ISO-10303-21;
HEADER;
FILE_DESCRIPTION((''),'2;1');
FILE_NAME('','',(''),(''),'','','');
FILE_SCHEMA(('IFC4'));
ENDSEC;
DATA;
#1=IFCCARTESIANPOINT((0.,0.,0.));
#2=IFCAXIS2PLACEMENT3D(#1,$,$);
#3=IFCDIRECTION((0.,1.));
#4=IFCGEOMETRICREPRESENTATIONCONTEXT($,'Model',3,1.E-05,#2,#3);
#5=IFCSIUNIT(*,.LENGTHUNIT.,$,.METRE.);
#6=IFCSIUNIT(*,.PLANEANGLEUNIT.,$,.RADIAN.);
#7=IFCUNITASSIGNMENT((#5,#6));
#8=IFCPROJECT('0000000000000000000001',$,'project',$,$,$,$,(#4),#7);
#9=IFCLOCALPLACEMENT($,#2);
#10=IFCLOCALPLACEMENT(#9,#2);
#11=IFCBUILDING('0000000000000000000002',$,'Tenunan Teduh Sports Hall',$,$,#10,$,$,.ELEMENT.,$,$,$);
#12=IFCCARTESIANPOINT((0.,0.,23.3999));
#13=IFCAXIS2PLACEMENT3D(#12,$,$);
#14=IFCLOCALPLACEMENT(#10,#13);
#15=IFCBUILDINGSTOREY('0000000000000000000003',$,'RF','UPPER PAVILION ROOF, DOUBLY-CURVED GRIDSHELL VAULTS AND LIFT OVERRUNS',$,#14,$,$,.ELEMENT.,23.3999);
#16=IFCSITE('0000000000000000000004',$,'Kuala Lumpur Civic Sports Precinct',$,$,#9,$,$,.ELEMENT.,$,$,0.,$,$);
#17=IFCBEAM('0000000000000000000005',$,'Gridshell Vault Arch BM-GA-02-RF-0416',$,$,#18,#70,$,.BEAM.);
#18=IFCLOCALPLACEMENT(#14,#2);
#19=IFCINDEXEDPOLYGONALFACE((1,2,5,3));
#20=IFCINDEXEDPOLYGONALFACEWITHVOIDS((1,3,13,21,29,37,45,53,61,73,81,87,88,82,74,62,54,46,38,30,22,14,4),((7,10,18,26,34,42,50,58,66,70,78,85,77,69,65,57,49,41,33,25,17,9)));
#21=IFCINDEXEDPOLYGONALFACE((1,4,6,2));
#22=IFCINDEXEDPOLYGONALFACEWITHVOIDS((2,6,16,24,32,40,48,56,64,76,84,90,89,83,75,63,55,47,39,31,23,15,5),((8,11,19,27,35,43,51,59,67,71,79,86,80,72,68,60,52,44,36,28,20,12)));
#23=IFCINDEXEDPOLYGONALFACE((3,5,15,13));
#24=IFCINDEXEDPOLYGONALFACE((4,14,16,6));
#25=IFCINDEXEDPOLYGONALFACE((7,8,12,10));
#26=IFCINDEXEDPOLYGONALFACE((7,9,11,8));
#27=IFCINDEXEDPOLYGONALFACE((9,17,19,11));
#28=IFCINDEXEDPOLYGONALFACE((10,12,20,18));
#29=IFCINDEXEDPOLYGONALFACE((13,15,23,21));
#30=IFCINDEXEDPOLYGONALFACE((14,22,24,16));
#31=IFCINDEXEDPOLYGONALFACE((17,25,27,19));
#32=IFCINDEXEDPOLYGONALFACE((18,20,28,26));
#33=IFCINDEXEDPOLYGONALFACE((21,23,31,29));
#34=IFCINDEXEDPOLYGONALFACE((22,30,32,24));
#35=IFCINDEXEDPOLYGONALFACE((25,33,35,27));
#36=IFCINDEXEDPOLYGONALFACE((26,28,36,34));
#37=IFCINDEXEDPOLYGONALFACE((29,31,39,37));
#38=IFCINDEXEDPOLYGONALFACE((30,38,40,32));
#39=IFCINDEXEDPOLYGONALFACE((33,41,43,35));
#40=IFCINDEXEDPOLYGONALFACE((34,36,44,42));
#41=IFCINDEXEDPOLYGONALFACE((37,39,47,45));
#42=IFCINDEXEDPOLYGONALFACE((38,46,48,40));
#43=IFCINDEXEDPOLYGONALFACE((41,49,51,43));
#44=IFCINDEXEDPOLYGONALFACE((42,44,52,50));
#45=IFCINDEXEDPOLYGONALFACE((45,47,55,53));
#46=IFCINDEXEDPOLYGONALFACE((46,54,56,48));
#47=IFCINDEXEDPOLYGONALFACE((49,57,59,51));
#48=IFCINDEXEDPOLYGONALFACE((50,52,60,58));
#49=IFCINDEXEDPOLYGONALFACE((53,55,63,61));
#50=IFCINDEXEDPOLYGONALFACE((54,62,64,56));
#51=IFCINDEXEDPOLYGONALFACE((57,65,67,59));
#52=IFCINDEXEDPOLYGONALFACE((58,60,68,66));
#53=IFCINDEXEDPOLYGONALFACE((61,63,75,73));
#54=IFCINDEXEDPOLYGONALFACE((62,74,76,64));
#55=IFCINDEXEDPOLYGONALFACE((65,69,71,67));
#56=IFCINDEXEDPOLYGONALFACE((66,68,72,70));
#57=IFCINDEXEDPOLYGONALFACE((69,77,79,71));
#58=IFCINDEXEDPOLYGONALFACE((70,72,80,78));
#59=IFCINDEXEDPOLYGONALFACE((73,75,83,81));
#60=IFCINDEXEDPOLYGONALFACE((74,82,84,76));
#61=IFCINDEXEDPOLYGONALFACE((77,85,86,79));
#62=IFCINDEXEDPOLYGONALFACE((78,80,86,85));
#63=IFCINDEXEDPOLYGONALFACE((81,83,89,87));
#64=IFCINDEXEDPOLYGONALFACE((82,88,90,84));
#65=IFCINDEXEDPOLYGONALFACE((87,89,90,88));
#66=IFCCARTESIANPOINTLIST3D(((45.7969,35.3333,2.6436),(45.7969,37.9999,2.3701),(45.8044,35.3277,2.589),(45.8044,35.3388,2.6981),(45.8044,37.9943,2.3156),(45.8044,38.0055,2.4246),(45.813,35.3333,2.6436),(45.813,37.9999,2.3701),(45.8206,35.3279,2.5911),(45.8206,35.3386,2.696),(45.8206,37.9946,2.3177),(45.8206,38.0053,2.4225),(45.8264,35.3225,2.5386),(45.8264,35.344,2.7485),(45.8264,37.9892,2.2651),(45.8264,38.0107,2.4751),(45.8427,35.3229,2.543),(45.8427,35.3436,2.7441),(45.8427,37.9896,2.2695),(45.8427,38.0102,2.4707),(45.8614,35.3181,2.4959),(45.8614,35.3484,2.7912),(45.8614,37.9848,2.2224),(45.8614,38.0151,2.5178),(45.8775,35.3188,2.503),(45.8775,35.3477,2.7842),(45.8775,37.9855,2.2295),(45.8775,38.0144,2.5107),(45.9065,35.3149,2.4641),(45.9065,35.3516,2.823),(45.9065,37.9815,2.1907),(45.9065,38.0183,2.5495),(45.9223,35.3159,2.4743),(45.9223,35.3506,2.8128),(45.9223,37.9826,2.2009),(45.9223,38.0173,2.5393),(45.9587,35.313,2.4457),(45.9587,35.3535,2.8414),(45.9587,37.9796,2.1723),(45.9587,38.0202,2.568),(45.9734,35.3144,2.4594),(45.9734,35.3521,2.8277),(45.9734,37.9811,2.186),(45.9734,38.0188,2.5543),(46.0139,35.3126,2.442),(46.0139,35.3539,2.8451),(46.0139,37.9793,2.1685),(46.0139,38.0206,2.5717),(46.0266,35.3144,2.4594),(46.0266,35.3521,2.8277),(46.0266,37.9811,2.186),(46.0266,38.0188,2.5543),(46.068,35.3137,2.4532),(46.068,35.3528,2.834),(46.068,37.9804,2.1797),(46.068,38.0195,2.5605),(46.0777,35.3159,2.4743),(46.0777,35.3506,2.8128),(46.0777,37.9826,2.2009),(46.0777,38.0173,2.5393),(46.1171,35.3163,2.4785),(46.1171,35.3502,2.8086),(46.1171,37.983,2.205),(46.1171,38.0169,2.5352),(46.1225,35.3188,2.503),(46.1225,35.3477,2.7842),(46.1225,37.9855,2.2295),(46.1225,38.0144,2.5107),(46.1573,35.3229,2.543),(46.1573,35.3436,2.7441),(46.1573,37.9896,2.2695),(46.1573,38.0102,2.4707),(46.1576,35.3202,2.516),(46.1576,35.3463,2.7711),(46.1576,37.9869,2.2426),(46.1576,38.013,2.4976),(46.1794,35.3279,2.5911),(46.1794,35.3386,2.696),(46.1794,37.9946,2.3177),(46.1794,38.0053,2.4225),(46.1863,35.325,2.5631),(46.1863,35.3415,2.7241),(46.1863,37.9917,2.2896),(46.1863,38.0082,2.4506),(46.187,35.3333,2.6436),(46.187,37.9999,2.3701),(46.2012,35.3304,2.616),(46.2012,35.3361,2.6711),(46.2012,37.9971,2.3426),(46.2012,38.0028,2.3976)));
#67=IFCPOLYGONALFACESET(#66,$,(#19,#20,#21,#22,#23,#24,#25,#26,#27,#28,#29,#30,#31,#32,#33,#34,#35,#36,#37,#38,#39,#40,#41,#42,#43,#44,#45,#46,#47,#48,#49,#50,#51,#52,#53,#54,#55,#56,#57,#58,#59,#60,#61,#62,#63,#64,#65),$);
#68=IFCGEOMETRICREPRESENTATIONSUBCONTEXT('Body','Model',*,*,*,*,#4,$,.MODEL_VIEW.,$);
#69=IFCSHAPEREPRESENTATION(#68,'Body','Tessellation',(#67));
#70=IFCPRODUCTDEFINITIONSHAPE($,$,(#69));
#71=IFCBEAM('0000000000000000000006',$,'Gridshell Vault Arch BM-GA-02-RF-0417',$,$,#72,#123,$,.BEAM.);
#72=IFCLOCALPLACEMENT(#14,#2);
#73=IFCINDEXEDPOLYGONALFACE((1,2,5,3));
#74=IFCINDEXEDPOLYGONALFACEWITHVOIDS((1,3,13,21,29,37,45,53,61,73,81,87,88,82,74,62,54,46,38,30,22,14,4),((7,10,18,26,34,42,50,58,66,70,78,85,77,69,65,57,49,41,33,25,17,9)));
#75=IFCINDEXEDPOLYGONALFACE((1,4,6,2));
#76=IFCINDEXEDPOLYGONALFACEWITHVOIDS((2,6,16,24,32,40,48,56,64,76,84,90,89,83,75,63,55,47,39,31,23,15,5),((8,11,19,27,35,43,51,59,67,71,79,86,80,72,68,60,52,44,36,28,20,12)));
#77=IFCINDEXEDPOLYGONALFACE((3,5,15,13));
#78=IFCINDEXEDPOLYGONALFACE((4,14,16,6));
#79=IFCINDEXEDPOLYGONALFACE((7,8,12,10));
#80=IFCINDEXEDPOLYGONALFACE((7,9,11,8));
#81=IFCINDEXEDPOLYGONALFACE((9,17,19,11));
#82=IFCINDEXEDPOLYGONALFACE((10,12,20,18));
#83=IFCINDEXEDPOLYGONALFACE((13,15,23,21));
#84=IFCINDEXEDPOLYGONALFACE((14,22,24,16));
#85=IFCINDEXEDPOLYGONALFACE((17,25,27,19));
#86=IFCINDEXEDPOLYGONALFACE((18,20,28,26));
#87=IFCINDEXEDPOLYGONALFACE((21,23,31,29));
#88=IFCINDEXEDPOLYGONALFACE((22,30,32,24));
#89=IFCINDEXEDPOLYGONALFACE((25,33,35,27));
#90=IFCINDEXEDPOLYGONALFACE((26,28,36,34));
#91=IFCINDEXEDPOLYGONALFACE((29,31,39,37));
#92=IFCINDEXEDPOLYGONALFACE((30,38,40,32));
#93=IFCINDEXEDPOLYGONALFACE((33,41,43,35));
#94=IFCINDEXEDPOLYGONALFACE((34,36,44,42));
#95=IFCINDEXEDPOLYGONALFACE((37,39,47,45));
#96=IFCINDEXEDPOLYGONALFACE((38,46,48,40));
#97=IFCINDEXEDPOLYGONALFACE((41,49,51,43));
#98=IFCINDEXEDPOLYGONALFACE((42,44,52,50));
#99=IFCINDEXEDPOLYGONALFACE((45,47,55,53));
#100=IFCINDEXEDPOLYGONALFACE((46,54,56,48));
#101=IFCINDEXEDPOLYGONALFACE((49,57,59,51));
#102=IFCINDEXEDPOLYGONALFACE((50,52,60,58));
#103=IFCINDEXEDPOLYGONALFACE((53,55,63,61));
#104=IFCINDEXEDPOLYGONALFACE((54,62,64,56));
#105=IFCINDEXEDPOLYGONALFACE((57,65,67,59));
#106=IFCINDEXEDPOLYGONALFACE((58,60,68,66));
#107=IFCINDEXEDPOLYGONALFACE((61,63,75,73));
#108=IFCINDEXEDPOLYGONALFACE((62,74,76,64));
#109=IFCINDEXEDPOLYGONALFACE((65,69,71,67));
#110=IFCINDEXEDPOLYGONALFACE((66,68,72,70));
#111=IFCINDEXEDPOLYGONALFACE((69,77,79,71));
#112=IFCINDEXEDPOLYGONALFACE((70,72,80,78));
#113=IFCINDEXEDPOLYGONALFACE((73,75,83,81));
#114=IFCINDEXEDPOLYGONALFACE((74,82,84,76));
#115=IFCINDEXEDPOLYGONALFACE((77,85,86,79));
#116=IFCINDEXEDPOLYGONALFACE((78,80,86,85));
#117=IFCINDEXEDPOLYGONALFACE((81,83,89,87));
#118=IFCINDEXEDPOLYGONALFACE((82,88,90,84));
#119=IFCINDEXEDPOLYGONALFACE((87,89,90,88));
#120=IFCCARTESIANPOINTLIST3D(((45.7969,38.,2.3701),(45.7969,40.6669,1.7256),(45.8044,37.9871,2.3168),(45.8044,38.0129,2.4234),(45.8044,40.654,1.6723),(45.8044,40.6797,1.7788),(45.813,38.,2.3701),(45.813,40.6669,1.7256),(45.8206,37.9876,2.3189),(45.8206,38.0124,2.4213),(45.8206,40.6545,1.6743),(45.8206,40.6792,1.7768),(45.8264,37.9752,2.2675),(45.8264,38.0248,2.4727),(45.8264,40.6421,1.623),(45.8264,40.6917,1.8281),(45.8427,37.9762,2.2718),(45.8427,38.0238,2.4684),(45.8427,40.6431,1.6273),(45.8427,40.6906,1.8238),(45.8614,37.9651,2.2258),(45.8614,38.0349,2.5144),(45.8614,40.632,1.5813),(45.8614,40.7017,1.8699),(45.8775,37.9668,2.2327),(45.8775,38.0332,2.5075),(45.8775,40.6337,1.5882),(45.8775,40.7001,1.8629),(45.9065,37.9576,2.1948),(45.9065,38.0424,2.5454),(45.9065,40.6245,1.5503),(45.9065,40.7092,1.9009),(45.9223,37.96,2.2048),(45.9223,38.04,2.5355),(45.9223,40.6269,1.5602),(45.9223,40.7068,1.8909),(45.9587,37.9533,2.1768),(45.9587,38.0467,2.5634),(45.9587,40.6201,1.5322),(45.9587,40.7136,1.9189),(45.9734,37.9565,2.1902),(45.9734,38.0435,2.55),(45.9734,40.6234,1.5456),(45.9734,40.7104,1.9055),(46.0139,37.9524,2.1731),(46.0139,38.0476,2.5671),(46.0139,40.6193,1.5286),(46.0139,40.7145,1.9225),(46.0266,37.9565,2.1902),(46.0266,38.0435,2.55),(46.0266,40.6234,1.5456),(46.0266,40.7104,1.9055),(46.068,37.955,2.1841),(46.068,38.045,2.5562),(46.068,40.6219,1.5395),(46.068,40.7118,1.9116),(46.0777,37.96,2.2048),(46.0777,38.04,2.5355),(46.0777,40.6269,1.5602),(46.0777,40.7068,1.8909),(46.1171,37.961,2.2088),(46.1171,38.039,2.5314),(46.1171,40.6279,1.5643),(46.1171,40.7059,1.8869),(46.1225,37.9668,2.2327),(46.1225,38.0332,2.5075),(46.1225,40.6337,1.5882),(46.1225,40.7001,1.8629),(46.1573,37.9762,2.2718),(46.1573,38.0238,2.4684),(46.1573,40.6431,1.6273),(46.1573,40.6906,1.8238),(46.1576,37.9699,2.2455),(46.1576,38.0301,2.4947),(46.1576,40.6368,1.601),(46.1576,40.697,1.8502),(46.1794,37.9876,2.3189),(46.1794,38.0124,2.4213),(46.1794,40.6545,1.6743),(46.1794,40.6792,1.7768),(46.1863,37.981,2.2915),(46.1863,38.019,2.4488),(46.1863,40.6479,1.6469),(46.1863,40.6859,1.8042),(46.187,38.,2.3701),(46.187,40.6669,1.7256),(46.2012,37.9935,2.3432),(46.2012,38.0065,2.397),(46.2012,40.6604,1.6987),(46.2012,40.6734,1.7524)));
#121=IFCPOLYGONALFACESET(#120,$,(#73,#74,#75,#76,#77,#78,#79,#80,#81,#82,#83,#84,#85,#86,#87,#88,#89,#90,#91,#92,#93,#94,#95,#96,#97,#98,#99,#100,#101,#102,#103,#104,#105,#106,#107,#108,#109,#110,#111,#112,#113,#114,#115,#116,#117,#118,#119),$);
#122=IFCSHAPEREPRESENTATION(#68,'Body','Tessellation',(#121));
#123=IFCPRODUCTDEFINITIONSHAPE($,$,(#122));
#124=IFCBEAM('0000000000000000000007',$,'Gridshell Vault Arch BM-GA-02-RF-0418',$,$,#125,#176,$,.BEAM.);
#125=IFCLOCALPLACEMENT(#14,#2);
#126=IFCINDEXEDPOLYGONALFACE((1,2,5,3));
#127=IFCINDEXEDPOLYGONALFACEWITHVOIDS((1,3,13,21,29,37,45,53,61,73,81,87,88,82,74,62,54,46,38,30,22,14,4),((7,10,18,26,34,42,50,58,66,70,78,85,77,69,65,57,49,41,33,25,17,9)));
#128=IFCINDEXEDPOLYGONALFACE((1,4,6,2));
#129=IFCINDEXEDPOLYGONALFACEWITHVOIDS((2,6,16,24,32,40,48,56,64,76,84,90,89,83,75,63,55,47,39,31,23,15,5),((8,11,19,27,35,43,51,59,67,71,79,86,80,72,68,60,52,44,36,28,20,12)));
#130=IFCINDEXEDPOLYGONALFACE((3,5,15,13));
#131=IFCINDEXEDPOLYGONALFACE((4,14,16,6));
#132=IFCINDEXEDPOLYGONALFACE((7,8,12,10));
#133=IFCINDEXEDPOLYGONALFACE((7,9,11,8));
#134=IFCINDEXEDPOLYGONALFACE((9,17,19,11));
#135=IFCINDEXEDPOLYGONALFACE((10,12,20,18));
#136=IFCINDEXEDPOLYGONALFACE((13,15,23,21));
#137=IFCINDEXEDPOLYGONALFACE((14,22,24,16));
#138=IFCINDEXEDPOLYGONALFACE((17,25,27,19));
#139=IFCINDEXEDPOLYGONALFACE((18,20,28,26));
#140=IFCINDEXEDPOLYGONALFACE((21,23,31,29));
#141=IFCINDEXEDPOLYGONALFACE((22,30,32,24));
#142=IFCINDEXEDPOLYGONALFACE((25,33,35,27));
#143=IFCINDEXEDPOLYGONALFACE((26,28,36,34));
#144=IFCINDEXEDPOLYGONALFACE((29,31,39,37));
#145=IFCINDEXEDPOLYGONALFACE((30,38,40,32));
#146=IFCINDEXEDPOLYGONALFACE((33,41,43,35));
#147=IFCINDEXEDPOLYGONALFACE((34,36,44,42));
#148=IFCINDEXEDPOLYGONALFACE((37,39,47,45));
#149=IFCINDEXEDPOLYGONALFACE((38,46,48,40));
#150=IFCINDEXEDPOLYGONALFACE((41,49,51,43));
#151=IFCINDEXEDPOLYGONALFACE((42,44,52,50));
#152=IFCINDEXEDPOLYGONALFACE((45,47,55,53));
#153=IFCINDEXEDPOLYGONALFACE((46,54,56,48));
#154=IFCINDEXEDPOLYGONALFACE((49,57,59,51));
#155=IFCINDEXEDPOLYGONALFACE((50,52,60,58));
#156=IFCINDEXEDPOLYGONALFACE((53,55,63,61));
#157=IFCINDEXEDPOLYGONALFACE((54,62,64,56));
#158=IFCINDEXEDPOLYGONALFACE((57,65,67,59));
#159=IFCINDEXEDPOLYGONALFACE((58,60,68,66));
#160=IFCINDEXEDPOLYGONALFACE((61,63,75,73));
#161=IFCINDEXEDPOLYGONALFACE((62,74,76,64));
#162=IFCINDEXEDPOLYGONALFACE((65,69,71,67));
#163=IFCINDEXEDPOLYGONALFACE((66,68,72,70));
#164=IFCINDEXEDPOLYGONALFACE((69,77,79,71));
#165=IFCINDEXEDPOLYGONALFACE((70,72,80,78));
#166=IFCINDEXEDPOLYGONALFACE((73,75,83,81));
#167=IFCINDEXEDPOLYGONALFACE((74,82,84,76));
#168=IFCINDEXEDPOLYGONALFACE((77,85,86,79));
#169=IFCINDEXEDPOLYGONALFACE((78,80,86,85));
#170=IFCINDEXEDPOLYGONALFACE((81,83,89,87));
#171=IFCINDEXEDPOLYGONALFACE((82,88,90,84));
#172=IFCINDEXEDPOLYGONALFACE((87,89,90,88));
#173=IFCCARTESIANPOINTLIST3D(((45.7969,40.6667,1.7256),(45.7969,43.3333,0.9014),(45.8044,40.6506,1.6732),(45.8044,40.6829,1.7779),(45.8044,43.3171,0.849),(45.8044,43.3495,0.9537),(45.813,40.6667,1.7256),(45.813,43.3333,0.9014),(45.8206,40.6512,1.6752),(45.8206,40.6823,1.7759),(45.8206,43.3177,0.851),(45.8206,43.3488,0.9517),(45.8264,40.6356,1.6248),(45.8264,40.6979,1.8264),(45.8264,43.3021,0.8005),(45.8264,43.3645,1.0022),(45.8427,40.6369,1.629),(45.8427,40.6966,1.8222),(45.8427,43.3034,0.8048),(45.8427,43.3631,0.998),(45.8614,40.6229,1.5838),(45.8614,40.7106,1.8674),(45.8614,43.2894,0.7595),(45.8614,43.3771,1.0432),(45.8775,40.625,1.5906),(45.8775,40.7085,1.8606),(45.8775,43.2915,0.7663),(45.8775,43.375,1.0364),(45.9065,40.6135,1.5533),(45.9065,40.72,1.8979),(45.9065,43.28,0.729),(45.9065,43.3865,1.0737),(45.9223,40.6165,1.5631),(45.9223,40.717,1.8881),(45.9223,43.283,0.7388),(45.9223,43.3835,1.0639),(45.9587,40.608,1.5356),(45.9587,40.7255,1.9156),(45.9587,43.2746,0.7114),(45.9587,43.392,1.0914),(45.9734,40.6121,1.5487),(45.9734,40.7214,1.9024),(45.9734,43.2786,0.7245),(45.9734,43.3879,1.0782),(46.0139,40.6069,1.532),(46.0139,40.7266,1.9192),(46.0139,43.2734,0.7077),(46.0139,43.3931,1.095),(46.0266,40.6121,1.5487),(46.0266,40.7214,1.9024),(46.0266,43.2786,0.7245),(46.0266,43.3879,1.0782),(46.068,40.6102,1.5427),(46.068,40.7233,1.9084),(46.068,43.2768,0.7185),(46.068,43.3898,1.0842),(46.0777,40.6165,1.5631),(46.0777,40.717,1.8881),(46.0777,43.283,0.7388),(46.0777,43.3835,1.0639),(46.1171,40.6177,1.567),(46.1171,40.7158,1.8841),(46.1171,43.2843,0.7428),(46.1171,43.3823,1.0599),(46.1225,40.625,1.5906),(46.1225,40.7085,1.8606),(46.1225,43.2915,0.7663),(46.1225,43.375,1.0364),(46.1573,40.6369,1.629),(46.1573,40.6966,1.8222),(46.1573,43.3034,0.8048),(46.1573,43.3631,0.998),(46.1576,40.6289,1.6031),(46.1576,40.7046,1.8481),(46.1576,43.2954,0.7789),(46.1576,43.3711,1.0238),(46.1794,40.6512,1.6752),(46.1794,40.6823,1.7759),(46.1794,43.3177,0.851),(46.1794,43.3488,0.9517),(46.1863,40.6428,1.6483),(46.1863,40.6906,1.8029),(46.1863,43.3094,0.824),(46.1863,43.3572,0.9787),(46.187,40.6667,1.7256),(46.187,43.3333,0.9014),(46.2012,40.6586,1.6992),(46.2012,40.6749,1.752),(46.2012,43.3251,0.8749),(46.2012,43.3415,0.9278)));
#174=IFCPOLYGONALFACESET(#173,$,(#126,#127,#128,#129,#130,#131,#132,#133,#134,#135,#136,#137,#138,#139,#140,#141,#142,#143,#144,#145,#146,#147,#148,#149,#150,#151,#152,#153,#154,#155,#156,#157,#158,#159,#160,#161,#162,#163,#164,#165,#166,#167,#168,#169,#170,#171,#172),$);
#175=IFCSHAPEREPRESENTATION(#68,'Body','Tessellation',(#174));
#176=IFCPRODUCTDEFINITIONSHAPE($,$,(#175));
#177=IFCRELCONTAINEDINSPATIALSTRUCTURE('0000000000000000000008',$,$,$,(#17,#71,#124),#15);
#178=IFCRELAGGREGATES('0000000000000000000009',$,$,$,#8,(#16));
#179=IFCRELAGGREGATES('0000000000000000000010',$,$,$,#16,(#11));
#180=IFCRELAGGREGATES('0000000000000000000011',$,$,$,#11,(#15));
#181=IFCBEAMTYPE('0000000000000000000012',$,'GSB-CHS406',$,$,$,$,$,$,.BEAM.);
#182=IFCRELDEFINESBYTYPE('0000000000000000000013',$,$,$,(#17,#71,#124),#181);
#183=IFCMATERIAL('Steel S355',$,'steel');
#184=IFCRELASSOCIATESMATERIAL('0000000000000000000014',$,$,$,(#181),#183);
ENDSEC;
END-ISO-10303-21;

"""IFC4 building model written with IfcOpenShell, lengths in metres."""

from ifc_helpers import new_model, si_unit, direction, frame, origin, origin_2d, place, context, subcontext, project, spatial, hollow_circle, extrude, material, material_profile, profile_set, type_object, element, save


model = new_model("IFC4")

# Units and contexts
model_context = context("Model", 3, precision=1e-05, world=origin(), true_north=direction((0.0, 1.0)))
body_context = subcontext(model_context, "Body", "Model", "MODEL_VIEW")
ifc_project = project(units=[si_unit("LENGTHUNIT", "METRE"), si_unit("PLANEANGLEUNIT", "RADIAN")], contexts=[model_context])

# Site, building, storey
site_placement = place(None, origin())
site = spatial("IfcSite", under=ifc_project, at=site_placement, Name="Kuala Lumpur Civic Sports Precinct", CompositionType="ELEMENT", RefElevation=0.0)
building_placement = place(site_placement, origin())
building = spatial("IfcBuilding", under=site, at=building_placement, Name="Tenunan Teduh Sports Hall", CompositionType="ELEMENT")
storey_placement = place(building_placement, frame((0.0, 0.0, 23.3999)))
storey = spatial("IfcBuildingStorey", under=building, at=storey_placement, Name="RF", Description="UPPER PAVILION ROOF, DOUBLY-CURVED GRIDSHELL VAULTS AND LIFT OVERRUNS", CompositionType="ELEMENT", Elevation=23.3999)

# Beams
ifc_material_1 = material(Name="Steel S355", Category="steel")
ifc_material_profile_1 = material_profile(ifc_material_1, hollow_circle(Radius=0.2031, WallThickness=0.0161, at=origin_2d()), Name="CHS 406.4x16.0")
ifc_profile_set_1 = profile_set([ifc_material_profile_1], Name="Steel S355")
beam_type_1 = type_object("IfcBeamType", Name="GSB-CHS406", PredefinedType="BEAM", material=ifc_profile_set_1)
beam_1_placement = place(storey_placement, frame((46.0, 35.3333, 2.6436), z_axis=(0.0, 0.994784, -0.102001), x_axis=(-1.0, 0.0, 0.0)))
element("IfcBeam", 1, at=beam_1_placement, inside=storey, type_object=beam_type_1, Name="Gridshell Vault Arch BM-GA-02-RF-0416", PredefinedType="BEAM", context=body_context, shape_type="SweptSolid", body=[
    extrude(hollow_circle(Radius=0.2031, WallThickness=0.0161, at=origin_2d()), origin(), (0.0, 0.0, 1.0), 2.6807),
])
beam_2_placement = place(storey_placement, frame((46.0, 38.0, 2.3701), z_axis=(0.0, 0.972013, -0.234928), x_axis=(-1.0, 0.0, 0.0)))
element("IfcBeam", 2, at=beam_2_placement, inside=storey, type_object=beam_type_1, Name="Gridshell Vault Arch BM-GA-02-RF-0417", PredefinedType="BEAM", context=body_context, shape_type="SweptSolid", body=[
    extrude(hollow_circle(Radius=0.2031, WallThickness=0.0161, at=origin_2d()), origin(), (0.0, 0.0, 1.0), 2.7437),
])
beam_3_placement = place(storey_placement, frame((46.0, 40.6667, 1.7256), z_axis=(0.0, 0.9554, -0.295315), x_axis=(-1.0, 0.0, 0.0)))
element("IfcBeam", 3, at=beam_3_placement, inside=storey, type_object=beam_type_1, Name="Gridshell Vault Arch BM-GA-02-RF-0418", PredefinedType="BEAM", context=body_context, shape_type="SweptSolid", body=[
    extrude(hollow_circle(Radius=0.2031, WallThickness=0.0161, at=origin_2d()), origin(), (0.0, 0.0, 1.0), 2.791),
])

save(model, "model.ifc")
